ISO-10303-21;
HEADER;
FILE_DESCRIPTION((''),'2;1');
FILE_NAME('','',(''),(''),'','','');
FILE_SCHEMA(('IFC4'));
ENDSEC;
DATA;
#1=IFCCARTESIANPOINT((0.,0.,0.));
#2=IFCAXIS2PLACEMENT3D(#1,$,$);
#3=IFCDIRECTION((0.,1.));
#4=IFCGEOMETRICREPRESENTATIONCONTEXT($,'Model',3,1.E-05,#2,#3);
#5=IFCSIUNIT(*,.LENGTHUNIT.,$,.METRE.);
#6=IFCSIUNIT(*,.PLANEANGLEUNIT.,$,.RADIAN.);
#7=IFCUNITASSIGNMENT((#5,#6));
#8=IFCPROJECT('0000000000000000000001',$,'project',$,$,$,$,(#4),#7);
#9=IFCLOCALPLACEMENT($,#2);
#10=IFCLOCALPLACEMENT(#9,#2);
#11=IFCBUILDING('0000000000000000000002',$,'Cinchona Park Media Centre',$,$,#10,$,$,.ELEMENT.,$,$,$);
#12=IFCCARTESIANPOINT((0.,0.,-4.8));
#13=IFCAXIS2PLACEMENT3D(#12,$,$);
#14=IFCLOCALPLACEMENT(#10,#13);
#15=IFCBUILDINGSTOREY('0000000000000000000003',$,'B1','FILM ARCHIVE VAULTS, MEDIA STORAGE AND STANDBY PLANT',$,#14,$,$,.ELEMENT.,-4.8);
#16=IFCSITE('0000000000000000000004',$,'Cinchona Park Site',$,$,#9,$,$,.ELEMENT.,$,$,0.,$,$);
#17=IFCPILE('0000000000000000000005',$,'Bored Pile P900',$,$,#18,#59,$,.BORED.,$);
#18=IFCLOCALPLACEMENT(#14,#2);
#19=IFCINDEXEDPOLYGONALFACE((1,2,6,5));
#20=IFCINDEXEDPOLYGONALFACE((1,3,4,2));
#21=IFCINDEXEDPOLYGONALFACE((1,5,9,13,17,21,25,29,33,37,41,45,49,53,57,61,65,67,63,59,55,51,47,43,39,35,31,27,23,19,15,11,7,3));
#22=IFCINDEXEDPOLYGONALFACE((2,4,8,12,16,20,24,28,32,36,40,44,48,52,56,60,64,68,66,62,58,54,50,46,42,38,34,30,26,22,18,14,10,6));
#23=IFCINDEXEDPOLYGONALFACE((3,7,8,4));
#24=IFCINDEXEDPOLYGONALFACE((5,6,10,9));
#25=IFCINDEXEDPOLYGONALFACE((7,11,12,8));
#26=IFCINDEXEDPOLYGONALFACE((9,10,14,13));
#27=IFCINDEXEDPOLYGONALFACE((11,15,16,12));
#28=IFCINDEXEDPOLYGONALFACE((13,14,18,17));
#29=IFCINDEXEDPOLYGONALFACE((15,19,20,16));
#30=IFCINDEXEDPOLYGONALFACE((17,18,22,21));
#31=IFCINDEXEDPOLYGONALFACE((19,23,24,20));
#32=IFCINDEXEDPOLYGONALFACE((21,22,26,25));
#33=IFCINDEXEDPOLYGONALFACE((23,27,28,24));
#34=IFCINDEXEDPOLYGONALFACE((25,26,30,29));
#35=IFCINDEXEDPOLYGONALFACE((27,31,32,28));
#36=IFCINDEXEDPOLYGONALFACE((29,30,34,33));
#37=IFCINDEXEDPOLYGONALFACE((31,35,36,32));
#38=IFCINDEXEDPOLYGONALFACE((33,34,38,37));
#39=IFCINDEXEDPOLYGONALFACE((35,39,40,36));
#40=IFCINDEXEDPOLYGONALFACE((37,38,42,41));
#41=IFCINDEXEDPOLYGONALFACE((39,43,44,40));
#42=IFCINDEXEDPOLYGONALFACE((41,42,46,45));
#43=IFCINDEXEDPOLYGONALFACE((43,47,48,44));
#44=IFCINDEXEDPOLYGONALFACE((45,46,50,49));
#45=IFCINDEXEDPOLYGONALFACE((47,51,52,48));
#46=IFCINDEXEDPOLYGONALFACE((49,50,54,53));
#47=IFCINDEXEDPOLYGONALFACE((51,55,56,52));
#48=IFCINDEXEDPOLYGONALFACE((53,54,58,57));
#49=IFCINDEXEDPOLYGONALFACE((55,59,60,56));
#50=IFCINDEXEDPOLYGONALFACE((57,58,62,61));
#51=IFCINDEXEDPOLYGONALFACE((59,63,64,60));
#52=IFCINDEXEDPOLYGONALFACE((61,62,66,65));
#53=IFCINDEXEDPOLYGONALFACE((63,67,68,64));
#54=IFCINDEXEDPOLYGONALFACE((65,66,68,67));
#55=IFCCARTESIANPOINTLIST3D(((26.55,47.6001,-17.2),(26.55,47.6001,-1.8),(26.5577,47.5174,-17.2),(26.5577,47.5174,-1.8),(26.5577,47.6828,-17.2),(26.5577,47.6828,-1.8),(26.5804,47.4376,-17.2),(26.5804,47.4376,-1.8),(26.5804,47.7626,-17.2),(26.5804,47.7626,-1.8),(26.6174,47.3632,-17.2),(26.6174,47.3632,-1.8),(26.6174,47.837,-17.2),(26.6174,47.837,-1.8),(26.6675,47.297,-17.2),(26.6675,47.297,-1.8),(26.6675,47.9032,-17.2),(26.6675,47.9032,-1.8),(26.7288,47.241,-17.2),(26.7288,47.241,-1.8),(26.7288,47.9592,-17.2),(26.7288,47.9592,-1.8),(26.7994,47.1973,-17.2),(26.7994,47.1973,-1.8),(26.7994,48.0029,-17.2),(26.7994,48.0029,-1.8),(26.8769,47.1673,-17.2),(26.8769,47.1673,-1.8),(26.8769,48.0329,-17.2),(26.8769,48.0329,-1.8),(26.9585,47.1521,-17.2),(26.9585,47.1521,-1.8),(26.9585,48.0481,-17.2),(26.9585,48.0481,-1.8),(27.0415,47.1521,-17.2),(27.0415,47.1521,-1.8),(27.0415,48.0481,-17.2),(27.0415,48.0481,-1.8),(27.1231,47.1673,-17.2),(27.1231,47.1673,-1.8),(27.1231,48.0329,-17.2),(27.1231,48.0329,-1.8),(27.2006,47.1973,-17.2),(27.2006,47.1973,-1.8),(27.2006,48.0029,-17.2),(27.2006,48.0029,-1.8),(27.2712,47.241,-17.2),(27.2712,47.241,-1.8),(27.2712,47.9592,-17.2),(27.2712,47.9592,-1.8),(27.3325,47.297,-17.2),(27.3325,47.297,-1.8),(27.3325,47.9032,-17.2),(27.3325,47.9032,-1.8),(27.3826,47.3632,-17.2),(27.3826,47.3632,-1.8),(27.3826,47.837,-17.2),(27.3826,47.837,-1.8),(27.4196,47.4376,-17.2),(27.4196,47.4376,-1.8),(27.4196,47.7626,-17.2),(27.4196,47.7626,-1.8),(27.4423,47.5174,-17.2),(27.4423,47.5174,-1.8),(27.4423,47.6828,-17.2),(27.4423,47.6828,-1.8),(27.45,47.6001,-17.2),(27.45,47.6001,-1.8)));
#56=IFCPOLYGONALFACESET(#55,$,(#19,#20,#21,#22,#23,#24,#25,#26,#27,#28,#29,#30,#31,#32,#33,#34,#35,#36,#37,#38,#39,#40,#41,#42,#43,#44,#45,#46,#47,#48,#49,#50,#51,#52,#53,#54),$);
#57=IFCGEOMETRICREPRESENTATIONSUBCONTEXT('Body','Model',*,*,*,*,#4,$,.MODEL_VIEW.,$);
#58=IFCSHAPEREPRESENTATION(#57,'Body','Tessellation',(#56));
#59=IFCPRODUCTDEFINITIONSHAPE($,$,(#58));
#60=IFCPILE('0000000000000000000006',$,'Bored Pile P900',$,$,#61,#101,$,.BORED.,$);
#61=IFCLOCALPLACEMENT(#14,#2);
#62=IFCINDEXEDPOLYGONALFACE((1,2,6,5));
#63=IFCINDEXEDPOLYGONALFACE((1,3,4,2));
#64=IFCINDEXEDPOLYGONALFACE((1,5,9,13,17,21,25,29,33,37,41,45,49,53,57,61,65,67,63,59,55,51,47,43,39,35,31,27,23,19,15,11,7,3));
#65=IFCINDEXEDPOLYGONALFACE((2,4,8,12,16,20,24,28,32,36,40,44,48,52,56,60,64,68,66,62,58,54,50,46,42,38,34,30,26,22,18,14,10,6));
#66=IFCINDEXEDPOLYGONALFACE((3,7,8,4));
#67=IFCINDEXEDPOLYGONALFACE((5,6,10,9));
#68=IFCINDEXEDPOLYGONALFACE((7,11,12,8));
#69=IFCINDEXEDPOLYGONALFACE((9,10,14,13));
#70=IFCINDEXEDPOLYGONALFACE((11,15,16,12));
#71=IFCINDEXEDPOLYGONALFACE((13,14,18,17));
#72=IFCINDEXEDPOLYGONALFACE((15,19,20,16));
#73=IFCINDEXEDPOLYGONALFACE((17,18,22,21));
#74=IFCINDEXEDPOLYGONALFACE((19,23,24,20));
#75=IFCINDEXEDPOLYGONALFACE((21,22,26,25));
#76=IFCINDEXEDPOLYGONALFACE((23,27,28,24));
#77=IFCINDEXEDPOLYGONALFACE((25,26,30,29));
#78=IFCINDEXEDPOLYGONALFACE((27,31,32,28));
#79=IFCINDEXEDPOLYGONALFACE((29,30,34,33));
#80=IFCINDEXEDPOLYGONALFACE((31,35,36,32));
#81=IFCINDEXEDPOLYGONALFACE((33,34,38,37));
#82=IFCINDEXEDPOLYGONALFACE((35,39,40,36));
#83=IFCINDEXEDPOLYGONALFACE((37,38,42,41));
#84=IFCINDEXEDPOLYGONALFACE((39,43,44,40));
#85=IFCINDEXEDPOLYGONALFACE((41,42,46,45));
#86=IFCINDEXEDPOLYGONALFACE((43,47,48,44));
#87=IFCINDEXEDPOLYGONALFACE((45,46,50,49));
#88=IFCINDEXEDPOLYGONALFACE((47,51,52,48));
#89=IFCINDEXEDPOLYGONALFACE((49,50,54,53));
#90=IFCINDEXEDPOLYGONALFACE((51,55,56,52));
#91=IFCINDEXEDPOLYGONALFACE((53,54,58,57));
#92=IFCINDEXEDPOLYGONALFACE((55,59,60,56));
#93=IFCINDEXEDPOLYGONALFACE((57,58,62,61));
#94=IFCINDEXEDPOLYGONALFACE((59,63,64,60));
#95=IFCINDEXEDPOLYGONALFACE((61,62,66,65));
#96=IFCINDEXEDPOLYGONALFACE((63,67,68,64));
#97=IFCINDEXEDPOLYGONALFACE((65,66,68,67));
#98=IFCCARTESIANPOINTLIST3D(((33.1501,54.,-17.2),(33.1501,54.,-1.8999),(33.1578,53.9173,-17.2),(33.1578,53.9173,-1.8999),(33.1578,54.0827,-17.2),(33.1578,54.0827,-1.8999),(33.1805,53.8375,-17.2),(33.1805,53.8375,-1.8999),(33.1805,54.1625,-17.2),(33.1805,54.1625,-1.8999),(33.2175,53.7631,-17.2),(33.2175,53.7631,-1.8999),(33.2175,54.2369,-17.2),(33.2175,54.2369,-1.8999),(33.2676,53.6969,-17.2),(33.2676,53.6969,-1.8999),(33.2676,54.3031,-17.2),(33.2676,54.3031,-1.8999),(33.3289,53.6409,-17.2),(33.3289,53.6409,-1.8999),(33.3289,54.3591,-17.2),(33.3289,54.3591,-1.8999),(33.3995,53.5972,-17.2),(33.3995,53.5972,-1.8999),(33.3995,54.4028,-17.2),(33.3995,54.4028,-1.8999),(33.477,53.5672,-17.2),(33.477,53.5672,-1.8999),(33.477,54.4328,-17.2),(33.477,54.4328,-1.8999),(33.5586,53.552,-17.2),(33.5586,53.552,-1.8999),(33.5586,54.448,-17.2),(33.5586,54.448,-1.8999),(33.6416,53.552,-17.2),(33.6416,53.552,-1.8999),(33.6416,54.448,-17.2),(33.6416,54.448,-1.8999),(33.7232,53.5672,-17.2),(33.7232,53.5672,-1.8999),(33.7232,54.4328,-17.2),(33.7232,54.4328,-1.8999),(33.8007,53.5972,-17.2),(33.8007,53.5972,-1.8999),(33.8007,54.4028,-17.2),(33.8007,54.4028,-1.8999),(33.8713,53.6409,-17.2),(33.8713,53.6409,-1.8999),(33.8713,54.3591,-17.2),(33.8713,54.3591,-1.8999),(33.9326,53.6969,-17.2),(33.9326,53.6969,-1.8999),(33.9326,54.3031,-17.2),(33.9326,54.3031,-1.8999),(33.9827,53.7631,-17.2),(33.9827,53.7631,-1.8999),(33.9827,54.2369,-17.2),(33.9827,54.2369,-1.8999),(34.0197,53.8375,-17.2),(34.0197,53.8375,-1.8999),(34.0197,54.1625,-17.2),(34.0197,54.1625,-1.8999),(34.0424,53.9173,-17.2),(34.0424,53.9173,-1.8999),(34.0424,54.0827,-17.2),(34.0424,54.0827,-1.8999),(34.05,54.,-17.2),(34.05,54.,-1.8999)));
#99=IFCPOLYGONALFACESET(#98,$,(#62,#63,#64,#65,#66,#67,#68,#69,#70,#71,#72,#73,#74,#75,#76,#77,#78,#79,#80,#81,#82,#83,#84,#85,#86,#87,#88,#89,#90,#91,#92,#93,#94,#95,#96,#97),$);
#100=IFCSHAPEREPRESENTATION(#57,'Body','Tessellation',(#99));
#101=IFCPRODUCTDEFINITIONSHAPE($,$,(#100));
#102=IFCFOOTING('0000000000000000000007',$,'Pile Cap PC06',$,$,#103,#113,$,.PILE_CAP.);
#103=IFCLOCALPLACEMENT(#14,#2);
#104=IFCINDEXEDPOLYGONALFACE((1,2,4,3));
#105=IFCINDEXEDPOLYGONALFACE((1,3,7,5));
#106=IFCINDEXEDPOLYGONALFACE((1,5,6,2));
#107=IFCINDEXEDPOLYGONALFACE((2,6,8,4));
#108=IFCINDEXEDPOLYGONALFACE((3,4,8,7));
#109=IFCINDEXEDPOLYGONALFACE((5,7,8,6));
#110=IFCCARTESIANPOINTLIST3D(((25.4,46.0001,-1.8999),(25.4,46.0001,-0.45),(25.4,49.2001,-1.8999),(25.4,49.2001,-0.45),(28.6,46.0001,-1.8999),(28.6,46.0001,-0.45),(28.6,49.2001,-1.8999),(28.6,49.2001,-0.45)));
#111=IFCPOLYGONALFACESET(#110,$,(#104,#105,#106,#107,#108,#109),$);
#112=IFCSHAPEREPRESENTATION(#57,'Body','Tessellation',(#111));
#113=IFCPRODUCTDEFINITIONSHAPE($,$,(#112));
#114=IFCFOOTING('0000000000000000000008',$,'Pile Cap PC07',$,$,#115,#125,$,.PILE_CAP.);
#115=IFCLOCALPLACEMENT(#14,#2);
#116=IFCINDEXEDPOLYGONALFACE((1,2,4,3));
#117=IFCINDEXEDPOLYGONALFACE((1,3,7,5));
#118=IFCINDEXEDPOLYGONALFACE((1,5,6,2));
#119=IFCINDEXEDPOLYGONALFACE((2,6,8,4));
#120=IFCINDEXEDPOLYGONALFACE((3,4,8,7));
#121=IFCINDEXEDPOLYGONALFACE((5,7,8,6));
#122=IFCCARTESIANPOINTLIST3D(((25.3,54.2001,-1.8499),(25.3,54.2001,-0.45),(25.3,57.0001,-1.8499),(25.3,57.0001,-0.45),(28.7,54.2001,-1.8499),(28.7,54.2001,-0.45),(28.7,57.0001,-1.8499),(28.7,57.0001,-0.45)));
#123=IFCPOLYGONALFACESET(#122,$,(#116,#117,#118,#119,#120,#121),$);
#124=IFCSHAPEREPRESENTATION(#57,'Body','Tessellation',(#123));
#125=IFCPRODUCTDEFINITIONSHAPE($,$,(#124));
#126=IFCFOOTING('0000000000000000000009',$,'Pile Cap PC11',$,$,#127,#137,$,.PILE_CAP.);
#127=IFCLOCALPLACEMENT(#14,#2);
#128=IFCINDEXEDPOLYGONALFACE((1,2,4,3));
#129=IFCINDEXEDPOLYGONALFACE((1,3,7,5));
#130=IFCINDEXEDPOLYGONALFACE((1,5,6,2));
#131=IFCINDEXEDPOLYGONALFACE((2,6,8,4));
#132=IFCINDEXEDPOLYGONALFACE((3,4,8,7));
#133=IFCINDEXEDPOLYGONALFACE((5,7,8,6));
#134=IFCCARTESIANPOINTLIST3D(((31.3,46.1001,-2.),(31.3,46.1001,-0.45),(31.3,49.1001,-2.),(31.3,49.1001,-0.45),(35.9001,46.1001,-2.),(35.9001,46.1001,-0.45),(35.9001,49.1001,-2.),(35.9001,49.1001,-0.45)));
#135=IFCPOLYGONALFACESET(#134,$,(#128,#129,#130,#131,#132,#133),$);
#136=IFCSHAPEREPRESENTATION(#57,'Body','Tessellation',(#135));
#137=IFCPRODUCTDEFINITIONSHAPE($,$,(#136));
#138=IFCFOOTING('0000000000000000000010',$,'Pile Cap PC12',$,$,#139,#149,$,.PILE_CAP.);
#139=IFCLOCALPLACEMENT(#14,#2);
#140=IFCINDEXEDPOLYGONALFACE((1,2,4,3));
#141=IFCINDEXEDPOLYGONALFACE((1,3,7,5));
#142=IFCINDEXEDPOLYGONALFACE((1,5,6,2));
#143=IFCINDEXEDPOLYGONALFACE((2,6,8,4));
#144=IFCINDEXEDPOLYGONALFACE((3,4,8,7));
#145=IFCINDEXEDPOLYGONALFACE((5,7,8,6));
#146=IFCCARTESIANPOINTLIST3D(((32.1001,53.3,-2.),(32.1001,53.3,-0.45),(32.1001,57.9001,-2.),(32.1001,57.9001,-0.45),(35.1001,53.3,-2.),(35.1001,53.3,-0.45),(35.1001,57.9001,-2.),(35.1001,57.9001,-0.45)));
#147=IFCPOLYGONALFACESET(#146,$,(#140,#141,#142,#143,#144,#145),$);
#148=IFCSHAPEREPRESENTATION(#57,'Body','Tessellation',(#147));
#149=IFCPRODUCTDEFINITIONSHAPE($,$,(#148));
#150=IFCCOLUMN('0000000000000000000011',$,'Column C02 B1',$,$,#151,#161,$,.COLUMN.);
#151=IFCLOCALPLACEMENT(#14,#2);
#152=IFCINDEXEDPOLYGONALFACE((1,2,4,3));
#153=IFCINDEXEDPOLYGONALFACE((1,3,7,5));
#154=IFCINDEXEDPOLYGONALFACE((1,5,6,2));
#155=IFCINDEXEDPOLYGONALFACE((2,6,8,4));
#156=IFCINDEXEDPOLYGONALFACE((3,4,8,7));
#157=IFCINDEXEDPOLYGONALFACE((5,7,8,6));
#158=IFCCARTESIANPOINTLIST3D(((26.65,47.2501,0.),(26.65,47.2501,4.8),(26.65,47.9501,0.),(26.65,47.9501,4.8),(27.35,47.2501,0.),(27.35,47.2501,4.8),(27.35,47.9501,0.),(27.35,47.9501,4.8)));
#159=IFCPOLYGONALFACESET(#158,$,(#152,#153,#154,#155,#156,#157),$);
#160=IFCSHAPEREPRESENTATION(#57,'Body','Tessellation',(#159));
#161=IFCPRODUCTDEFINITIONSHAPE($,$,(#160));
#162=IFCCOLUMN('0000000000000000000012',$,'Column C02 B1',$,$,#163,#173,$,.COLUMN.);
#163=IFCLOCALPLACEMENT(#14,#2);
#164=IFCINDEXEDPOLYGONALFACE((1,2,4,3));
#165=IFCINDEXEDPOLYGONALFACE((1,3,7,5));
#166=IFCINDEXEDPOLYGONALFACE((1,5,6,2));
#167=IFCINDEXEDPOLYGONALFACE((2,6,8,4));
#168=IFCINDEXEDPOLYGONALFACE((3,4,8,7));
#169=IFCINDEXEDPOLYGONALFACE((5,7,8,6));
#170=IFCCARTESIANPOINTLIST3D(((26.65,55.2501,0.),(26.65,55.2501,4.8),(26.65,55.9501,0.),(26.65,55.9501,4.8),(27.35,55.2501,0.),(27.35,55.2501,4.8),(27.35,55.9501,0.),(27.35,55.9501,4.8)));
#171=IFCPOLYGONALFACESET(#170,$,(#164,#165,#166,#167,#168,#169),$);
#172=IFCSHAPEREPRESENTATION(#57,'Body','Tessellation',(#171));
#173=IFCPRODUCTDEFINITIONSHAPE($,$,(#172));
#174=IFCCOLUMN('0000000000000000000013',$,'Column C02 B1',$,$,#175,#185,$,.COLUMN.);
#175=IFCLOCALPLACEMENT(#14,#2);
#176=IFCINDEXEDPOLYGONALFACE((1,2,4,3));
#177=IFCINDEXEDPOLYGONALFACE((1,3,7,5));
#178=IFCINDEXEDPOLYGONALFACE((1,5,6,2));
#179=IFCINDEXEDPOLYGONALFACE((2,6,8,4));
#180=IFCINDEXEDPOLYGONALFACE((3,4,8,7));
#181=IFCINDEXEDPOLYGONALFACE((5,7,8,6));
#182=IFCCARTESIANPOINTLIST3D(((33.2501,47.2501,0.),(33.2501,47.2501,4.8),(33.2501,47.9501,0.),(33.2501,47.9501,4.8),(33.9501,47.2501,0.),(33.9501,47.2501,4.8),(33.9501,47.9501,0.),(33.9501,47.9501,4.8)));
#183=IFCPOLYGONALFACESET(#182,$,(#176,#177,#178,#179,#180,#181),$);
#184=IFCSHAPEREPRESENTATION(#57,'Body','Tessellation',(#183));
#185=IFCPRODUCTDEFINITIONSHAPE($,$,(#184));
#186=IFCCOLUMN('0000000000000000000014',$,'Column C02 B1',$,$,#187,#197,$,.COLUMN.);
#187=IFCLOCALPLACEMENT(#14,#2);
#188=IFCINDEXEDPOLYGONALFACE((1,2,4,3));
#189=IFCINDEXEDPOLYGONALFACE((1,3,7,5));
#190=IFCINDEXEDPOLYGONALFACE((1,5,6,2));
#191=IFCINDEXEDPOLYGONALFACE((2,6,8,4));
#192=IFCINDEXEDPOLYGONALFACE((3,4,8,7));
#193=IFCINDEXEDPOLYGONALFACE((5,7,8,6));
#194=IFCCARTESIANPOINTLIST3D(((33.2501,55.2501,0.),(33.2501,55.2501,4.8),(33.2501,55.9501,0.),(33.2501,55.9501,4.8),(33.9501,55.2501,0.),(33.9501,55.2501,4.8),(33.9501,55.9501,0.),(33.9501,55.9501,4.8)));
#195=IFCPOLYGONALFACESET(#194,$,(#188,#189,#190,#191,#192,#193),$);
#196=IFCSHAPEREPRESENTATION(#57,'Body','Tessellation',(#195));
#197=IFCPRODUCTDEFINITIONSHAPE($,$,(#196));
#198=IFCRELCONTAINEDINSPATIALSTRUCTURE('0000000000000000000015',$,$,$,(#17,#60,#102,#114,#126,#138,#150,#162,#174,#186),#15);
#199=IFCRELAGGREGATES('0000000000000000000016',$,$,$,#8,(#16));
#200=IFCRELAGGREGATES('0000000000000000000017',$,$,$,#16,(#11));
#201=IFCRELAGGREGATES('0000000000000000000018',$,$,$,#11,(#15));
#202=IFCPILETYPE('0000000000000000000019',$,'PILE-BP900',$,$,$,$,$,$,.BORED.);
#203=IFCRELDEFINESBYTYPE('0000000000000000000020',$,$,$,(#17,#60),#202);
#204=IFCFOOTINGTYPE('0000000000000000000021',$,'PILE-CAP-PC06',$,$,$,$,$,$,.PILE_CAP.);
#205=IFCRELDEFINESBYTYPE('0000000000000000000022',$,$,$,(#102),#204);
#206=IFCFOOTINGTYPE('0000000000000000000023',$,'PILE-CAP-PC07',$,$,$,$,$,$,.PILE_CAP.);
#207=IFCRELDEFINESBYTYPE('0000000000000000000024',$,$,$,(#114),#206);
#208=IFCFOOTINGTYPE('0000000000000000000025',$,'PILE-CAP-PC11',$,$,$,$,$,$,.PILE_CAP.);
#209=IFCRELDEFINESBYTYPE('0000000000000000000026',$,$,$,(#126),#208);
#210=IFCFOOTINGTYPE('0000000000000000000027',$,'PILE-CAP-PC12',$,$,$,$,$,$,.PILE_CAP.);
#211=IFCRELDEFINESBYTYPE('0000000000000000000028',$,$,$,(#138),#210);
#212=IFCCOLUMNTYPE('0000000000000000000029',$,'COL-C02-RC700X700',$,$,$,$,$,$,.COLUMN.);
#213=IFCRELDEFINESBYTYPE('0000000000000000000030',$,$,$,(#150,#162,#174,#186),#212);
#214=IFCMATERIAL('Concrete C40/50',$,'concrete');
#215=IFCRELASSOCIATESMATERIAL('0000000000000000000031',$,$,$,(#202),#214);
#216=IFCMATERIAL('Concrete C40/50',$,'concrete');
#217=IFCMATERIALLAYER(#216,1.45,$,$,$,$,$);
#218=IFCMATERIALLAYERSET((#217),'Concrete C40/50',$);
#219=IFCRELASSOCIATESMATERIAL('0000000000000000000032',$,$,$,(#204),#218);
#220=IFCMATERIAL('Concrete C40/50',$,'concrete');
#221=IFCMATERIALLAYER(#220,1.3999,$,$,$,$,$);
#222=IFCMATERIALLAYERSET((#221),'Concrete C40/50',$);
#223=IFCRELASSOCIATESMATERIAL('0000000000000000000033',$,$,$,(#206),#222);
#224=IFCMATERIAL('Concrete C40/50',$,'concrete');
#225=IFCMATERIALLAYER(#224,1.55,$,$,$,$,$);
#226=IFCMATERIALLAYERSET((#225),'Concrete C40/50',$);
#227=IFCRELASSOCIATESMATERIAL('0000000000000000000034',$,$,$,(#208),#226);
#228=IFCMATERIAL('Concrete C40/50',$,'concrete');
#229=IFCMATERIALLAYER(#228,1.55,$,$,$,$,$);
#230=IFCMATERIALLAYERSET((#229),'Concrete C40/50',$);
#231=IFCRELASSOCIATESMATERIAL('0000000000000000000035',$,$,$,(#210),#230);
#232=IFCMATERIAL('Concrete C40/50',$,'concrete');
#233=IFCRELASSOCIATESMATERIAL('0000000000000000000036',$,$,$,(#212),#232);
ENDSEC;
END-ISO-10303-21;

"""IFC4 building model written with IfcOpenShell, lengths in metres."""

from ifc_helpers import new_model, si_unit, direction, frame, origin, origin_2d, place, context, subcontext, project, spatial, rectangle, circle, extrude, material, layer, layer_set, material_profile, profile_set, type_object, element, save


model = new_model("IFC4")

# Units and contexts
model_context = context("Model", 3, precision=1e-05, world=origin(), true_north=direction((0.0, 1.0)))
body_context = subcontext(model_context, "Body", "Model", "MODEL_VIEW")
ifc_project = project(units=[si_unit("LENGTHUNIT", "METRE"), si_unit("PLANEANGLEUNIT", "RADIAN")], contexts=[model_context])

# Site, building, storey
site_placement = place(None, origin())
site = spatial("IfcSite", under=ifc_project, at=site_placement, Name="Cinchona Park Site", CompositionType="ELEMENT", RefElevation=0.0)
building_placement = place(site_placement, origin())
building = spatial("IfcBuilding", under=site, at=building_placement, Name="Cinchona Park Media Centre", CompositionType="ELEMENT")
storey_placement = place(building_placement, frame((0.0, 0.0, -4.8)))
storey = spatial("IfcBuildingStorey", under=building, at=storey_placement, Name="B1", Description="FILM ARCHIVE VAULTS, MEDIA STORAGE AND STANDBY PLANT", CompositionType="ELEMENT", Elevation=-4.8)

# Piles
ifc_material_1 = material(Name="Concrete C40/50", Category="concrete")
ifc_material_profile_1 = material_profile(ifc_material_1, circle(Radius=0.45, at=origin_2d()), Name="BORED PILE 900")
ifc_profile_set_1 = profile_set([ifc_material_profile_1], Name="Concrete C40/50")
pile_type_1 = type_object("IfcPileType", Name="PILE-BP900", PredefinedType="BORED", material=ifc_profile_set_1)
pile_1_placement = place(storey_placement, frame((27.0, 47.6001, -1.8), z_axis=(0.0, 0.0, -1.0), x_axis=(1.0, 0.0, 0.0)))
element("IfcPile", 1, at=pile_1_placement, inside=storey, type_object=pile_type_1, Name="Bored Pile P900", PredefinedType="BORED", context=body_context, shape_type="SweptSolid", body=[
    extrude(circle(Radius=0.45, at=origin_2d()), origin(), (0.0, 0.0, 1.0), 15.3999),
])
pile_2_placement = place(storey_placement, frame((33.6001, 54.0, -1.8999), z_axis=(0.0, 0.0, -1.0), x_axis=(1.0, 0.0, 0.0)))
element("IfcPile", 2, at=pile_2_placement, inside=storey, type_object=pile_type_1, Name="Bored Pile P900", PredefinedType="BORED", context=body_context, shape_type="SweptSolid", body=[
    extrude(circle(Radius=0.45, at=origin_2d()), origin(), (0.0, 0.0, 1.0), 15.3),
])

# Footings
ifc_material_2 = material(Name="Concrete C40/50", Category="concrete")
ifc_layer_1 = layer(ifc_material_2, 1.45)
ifc_layer_set_1 = layer_set([ifc_layer_1], Name="Concrete C40/50")
footing_type_1 = type_object("IfcFootingType", Name="PILE-CAP-PC06", PredefinedType="PILE_CAP", material=ifc_layer_set_1)
footing_1_placement = place(storey_placement, frame((27.0, 47.6001, -1.8999), z_axis=(0.0, 0.0, 1.0), x_axis=(1.0, 0.0, 0.0)))
element("IfcFooting", 3, at=footing_1_placement, inside=storey, type_object=footing_type_1, Name="Pile Cap PC06", PredefinedType="PILE_CAP", context=body_context, shape_type="SweptSolid", body=[
    extrude(rectangle(XDim=3.2, YDim=3.2, at=origin_2d()), origin(), (0.0, 0.0, 1.0), 1.45),
])
ifc_material_3 = material(Name="Concrete C40/50", Category="concrete")
ifc_layer_2 = layer(ifc_material_3, 1.3999)
ifc_layer_set_2 = layer_set([ifc_layer_2], Name="Concrete C40/50")
footing_type_2 = type_object("IfcFootingType", Name="PILE-CAP-PC07", PredefinedType="PILE_CAP", material=ifc_layer_set_2)
footing_2_placement = place(storey_placement, frame((27.0, 55.6001, -1.8499), z_axis=(0.0, 0.0, 1.0), x_axis=(1.0, 0.0, 0.0)))
element("IfcFooting", 4, at=footing_2_placement, inside=storey, type_object=footing_type_2, Name="Pile Cap PC07", PredefinedType="PILE_CAP", context=body_context, shape_type="SweptSolid", body=[
    extrude(rectangle(XDim=3.3999, YDim=2.8, at=origin_2d()), origin(), (0.0, 0.0, 1.0), 1.3999),
])
ifc_material_4 = material(Name="Concrete C40/50", Category="concrete")
ifc_layer_3 = layer(ifc_material_4, 1.55)
ifc_layer_set_3 = layer_set([ifc_layer_3], Name="Concrete C40/50")
footing_type_3 = type_object("IfcFootingType", Name="PILE-CAP-PC11", PredefinedType="PILE_CAP", material=ifc_layer_set_3)
footing_3_placement = place(storey_placement, frame((33.6001, 47.6001, -2.0), z_axis=(0.0, 0.0, 1.0), x_axis=(1.0, 0.0, 0.0)))
element("IfcFooting", 5, at=footing_3_placement, inside=storey, type_object=footing_type_3, Name="Pile Cap PC11", PredefinedType="PILE_CAP", context=body_context, shape_type="SweptSolid", body=[
    extrude(rectangle(XDim=4.6001, YDim=3.0, at=origin_2d()), origin(), (0.0, 0.0, 1.0), 1.55),
])
ifc_material_5 = material(Name="Concrete C40/50", Category="concrete")
ifc_layer_4 = layer(ifc_material_5, 1.55)
ifc_layer_set_4 = layer_set([ifc_layer_4], Name="Concrete C40/50")
footing_type_4 = type_object("IfcFootingType", Name="PILE-CAP-PC12", PredefinedType="PILE_CAP", material=ifc_layer_set_4)
footing_4_placement = place(storey_placement, frame((33.6001, 55.6001, -2.0), z_axis=(0.0, 0.0, 1.0), x_axis=(1.0, 0.0, 0.0)))
element("IfcFooting", 6, at=footing_4_placement, inside=storey, type_object=footing_type_4, Name="Pile Cap PC12", PredefinedType="PILE_CAP", context=body_context, shape_type="SweptSolid", body=[
    extrude(rectangle(XDim=3.0, YDim=4.6001, at=origin_2d()), origin(), (0.0, 0.0, 1.0), 1.55),
])

# Columns
ifc_material_6 = material(Name="Concrete C40/50", Category="concrete")
ifc_material_profile_2 = material_profile(ifc_material_6, rectangle(XDim=0.7, YDim=0.7, at=origin_2d()), Name="RC 700X700")
ifc_profile_set_2 = profile_set([ifc_material_profile_2], Name="Concrete C40/50")
column_type = type_object("IfcColumnType", Name="COL-C02-RC700X700", PredefinedType="COLUMN", material=ifc_profile_set_2)
for number, where, z_axis, x_axis, name in (
    (7, (27.0, 47.6001, 0.0), (0.0, 0.0, 1.0), (1.0, 0.0, 0.0), "Column C02 B1"),
    (8, (27.0, 55.6001, 0.0), (0.0, 0.0, 1.0), (1.0, 0.0, 0.0), "Column C02 B1"),
    (9, (33.6001, 47.6001, 0.0), (0.0, 0.0, 1.0), (1.0, 0.0, 0.0), "Column C02 B1"),
    (10, (33.6001, 55.6001, 0.0), (0.0, 0.0, 1.0), (1.0, 0.0, 0.0), "Column C02 B1"),
):
    element("IfcColumn", number, at=place(storey_placement, frame(where, z_axis=z_axis, x_axis=x_axis)), inside=storey, type_object=column_type, Name=name, PredefinedType="COLUMN", context=body_context, shape_type="SweptSolid", body=[
        extrude(rectangle(XDim=0.7, YDim=0.7, at=origin_2d()), origin(), (0.0, 0.0, 1.0), 4.8),
    ])

save(model, "model.ifc")
